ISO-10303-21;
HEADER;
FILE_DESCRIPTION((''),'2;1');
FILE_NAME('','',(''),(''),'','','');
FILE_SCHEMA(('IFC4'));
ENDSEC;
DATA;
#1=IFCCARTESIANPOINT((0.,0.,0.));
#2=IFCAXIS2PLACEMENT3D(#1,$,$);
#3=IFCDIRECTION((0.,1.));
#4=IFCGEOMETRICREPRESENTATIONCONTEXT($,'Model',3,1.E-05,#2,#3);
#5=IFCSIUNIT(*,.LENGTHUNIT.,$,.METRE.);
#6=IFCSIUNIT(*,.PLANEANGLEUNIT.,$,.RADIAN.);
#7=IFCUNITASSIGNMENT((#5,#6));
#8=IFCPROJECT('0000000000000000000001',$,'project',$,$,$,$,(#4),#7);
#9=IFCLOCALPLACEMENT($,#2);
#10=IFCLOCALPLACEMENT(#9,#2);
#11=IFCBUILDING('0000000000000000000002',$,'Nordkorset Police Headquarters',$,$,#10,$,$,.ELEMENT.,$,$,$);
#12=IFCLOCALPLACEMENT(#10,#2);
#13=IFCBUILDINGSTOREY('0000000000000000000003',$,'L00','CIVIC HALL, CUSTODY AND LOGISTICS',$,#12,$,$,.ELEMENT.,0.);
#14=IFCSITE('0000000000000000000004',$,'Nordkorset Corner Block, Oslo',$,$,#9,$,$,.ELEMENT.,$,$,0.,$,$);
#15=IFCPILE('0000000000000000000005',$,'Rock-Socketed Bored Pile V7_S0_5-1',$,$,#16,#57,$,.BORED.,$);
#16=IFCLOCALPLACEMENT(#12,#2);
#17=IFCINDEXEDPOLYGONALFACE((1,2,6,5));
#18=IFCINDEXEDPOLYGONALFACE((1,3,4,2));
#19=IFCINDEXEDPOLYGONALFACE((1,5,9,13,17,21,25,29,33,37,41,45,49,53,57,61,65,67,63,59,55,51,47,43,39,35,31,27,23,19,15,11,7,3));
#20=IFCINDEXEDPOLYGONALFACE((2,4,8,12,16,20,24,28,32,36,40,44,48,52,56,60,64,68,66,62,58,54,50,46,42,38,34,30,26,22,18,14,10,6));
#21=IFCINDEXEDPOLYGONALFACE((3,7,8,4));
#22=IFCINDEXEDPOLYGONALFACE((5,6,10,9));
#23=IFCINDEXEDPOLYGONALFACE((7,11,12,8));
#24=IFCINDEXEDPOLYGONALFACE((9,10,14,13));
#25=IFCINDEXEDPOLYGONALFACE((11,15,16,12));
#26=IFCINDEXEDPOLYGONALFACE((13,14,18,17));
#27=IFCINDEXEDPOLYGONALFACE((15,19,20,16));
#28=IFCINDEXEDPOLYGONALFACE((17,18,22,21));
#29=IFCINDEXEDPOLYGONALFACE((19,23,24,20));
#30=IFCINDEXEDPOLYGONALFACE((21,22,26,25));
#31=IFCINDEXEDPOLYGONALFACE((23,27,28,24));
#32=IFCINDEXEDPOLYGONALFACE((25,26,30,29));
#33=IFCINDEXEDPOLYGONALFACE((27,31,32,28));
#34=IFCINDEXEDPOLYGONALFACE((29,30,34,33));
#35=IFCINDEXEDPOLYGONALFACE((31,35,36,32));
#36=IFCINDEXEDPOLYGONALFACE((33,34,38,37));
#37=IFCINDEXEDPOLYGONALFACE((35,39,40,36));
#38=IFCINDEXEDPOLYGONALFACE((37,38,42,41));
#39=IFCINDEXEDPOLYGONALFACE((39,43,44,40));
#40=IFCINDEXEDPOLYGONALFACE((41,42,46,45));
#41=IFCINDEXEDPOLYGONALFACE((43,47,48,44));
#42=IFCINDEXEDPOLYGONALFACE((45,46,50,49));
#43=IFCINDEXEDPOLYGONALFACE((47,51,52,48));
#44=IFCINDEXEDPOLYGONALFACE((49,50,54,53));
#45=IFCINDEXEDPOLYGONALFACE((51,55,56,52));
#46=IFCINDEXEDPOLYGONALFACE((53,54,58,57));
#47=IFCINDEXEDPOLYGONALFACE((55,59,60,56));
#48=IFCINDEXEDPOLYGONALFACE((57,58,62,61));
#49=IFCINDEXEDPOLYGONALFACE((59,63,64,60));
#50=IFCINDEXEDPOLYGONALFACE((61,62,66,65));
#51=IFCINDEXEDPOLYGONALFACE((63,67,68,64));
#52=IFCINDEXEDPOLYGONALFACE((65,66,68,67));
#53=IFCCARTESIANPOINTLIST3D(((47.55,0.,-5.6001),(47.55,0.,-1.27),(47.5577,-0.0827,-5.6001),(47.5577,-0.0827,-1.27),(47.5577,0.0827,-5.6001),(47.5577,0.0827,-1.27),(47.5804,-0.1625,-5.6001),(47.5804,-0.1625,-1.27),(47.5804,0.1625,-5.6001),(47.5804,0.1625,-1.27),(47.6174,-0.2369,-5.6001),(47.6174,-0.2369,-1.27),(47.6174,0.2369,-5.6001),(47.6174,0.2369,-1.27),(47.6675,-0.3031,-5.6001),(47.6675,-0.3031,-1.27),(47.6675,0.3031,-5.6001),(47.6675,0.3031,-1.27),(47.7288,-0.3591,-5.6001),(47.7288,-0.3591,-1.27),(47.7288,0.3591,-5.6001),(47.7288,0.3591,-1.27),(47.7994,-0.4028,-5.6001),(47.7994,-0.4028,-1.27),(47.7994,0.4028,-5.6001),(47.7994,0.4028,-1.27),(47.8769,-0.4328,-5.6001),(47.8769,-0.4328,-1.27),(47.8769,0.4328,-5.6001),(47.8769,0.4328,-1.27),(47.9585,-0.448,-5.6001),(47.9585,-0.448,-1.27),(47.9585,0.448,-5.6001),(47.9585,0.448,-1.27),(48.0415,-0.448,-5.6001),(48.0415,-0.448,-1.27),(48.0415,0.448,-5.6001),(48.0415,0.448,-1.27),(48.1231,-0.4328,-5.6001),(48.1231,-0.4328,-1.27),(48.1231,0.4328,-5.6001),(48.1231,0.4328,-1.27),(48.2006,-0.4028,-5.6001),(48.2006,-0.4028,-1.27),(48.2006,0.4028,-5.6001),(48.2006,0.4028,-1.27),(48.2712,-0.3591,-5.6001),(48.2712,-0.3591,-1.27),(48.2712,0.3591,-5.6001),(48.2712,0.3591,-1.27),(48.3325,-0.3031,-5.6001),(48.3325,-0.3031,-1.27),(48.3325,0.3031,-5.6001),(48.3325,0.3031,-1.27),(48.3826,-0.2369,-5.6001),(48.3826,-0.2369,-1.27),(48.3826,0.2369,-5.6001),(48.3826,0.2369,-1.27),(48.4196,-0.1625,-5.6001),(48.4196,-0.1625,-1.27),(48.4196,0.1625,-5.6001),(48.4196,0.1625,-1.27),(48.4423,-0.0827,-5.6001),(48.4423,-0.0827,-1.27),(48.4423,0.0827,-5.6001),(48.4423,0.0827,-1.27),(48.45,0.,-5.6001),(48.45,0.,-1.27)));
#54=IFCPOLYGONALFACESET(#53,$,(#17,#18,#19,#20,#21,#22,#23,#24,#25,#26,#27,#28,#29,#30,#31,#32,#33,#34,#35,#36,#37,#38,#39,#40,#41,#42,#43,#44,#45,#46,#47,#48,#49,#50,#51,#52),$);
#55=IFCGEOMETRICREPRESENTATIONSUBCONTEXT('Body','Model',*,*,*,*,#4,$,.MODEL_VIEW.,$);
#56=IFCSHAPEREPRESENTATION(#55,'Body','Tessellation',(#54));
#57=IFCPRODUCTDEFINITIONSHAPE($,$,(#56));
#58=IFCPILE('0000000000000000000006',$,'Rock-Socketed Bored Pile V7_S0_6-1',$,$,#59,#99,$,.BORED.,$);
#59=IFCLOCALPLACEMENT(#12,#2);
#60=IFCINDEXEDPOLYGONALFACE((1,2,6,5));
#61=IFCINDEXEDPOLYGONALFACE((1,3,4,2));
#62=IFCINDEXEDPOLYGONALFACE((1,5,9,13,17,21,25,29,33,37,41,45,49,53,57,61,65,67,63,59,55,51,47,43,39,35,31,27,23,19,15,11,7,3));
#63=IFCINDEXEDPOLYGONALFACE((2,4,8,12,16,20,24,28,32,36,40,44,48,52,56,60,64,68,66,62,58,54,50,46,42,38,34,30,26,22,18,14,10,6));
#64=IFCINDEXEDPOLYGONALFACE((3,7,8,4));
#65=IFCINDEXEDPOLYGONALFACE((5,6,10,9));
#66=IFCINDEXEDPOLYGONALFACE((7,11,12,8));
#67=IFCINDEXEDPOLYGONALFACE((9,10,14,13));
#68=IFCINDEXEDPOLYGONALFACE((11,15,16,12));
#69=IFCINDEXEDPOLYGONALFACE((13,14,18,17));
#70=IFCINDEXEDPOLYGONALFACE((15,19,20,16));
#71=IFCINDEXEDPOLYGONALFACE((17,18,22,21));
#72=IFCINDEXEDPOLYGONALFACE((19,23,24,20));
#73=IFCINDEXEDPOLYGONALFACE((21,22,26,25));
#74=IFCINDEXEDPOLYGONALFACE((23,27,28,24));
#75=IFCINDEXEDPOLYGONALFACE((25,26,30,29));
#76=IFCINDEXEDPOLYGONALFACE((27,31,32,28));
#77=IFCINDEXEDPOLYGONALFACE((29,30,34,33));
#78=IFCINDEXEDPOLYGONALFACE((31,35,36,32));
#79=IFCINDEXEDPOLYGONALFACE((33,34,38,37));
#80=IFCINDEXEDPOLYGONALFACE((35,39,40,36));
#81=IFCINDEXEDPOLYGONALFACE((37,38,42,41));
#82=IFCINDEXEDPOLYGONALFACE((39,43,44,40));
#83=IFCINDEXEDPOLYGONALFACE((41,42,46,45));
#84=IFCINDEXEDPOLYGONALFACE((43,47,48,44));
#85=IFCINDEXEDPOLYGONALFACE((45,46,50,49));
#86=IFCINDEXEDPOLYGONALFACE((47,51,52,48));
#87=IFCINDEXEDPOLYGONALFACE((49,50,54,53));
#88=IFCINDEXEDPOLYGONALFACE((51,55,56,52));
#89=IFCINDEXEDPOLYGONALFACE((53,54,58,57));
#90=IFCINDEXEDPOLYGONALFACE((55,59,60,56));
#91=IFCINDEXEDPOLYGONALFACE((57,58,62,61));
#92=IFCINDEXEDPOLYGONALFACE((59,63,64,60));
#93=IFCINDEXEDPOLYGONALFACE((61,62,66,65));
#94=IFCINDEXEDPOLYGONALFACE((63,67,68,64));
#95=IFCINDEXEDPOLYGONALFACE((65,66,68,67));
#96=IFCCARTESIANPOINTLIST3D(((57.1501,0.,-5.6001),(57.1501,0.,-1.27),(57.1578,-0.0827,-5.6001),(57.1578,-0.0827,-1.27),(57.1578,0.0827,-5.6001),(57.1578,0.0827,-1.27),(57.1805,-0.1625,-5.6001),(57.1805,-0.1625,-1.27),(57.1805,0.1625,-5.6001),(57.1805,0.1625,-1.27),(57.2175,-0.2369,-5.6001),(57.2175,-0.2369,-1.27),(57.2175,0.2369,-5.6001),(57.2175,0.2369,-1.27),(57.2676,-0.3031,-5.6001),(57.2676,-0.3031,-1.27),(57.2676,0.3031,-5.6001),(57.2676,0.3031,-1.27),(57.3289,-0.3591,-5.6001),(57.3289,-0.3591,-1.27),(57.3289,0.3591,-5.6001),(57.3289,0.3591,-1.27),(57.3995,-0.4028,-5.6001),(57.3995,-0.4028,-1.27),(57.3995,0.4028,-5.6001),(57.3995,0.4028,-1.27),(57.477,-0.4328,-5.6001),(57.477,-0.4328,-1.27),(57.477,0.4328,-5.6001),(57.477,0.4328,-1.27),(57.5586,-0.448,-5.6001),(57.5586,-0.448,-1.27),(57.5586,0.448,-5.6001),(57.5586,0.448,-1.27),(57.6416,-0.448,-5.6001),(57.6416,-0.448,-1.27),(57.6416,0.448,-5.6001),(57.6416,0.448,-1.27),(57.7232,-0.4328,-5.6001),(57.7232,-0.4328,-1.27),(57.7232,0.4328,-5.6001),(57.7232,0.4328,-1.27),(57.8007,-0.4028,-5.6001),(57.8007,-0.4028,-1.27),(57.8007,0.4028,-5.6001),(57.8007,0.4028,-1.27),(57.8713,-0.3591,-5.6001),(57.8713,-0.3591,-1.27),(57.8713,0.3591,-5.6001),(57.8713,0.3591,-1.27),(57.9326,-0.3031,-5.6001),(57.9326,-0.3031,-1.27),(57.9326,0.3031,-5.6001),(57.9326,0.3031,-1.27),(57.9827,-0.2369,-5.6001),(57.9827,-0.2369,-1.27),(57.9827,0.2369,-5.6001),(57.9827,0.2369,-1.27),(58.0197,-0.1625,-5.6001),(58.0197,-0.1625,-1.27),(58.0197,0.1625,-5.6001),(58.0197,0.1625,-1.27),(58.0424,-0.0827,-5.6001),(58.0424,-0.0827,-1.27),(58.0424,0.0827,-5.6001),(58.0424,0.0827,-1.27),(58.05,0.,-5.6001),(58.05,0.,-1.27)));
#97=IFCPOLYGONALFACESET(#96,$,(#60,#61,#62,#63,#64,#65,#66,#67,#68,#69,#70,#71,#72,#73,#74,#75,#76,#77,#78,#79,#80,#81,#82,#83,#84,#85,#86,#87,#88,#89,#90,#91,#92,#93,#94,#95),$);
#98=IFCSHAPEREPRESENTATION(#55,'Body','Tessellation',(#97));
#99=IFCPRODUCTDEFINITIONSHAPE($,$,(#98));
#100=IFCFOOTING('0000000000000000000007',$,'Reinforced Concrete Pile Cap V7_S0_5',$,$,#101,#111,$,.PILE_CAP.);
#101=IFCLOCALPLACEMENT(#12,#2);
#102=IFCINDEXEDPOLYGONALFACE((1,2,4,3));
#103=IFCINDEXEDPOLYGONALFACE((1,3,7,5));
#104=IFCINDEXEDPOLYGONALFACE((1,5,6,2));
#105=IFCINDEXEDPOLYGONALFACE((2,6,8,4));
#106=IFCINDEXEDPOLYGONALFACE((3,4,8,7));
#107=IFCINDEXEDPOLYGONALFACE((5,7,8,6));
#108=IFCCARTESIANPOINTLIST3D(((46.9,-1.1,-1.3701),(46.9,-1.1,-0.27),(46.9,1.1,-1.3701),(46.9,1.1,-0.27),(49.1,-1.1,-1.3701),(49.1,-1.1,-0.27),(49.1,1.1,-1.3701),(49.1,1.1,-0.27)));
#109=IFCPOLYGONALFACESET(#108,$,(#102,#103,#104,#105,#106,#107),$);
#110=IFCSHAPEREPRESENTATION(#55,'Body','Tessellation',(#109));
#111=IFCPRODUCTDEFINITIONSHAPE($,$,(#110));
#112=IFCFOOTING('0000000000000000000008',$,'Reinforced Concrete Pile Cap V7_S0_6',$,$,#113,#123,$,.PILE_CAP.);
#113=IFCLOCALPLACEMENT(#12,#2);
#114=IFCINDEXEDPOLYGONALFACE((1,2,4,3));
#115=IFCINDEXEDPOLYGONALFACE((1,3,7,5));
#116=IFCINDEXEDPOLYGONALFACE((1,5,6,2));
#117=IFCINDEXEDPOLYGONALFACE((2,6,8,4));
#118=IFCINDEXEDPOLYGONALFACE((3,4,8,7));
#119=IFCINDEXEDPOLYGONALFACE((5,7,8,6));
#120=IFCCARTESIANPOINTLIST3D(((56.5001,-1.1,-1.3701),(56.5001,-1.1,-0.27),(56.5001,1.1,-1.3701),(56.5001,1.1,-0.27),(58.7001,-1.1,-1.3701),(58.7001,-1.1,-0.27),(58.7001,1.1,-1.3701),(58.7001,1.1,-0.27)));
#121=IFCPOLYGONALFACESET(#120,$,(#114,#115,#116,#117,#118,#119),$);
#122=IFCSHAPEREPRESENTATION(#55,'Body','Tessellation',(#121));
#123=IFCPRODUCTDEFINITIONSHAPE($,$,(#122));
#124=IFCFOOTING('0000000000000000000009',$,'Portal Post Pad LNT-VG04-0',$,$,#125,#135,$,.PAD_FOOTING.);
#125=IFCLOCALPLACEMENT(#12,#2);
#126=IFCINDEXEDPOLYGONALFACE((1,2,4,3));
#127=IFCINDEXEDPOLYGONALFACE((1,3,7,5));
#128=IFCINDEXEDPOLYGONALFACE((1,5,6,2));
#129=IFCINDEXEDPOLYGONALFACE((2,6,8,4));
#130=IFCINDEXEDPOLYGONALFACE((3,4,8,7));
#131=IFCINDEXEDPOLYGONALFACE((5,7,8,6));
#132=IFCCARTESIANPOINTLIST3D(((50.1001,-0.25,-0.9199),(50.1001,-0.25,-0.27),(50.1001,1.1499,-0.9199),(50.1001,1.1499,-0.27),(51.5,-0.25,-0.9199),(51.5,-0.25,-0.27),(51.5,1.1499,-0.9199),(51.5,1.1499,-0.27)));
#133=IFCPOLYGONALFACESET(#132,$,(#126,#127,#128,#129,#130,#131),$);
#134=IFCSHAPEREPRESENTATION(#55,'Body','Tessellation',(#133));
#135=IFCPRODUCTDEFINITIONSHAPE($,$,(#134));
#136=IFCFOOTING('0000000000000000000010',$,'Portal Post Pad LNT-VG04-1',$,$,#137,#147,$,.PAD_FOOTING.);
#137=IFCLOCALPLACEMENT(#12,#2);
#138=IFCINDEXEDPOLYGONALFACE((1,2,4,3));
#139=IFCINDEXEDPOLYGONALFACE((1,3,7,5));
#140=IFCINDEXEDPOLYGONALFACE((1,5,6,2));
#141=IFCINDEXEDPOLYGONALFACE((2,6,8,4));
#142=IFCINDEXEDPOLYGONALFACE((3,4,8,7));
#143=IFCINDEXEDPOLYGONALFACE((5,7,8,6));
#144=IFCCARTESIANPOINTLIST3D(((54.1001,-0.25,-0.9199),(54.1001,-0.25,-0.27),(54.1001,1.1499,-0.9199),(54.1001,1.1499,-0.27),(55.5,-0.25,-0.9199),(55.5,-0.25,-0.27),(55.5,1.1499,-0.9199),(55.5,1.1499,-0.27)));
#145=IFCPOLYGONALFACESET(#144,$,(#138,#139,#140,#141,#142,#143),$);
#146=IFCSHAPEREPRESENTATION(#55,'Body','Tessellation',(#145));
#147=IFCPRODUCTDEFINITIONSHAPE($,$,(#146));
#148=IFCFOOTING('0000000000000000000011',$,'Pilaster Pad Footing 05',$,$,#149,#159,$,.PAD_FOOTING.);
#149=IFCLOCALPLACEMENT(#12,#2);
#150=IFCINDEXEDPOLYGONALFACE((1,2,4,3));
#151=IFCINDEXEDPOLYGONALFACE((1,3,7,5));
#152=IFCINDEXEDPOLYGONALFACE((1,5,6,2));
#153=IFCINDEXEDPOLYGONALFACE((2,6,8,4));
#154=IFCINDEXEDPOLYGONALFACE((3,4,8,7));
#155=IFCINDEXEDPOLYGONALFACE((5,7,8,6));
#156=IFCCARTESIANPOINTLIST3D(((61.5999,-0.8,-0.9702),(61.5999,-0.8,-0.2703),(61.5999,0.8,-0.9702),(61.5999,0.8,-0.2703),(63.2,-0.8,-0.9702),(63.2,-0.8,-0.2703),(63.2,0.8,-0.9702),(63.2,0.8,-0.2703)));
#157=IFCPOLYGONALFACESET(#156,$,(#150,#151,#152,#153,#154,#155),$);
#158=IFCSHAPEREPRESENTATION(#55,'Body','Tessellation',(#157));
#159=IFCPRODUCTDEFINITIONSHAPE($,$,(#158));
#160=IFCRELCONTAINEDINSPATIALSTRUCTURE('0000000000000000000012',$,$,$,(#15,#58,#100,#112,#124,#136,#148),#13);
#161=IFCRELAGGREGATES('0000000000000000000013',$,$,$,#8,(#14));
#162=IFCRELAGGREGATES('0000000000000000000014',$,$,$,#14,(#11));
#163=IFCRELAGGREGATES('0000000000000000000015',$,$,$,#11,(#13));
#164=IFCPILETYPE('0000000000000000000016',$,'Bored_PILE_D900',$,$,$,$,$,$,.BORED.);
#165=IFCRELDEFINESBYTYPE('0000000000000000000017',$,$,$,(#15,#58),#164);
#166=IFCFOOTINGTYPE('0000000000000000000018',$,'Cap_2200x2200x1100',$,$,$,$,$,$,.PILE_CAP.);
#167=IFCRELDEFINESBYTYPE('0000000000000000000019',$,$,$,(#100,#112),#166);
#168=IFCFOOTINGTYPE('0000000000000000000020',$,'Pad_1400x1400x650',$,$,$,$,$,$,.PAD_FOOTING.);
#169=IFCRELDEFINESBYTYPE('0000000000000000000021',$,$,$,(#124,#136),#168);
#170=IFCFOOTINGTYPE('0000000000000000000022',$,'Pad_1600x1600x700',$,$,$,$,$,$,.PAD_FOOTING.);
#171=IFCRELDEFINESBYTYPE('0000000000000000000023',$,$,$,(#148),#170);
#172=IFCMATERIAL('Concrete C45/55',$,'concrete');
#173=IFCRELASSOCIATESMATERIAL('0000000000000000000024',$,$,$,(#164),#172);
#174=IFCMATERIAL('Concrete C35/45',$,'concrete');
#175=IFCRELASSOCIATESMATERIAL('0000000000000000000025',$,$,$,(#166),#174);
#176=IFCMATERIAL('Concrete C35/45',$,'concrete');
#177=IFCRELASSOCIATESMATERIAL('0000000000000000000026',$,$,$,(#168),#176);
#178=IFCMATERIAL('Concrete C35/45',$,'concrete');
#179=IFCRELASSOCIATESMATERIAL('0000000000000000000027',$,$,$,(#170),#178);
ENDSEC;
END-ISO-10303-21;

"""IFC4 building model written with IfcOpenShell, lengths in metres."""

from ifc_helpers import new_model, si_unit, direction, frame, origin, origin_2d, place, context, subcontext, project, spatial, rectangle, circle, extrude, material, material_profile, profile_set, type_object, element, save


model = new_model("IFC4")

# Units and contexts
model_context = context("Model", 3, precision=1e-05, world=origin(), true_north=direction((0.0, 1.0)))
body_context = subcontext(model_context, "Body", "Model", "MODEL_VIEW")
ifc_project = project(units=[si_unit("LENGTHUNIT", "METRE"), si_unit("PLANEANGLEUNIT", "RADIAN")], contexts=[model_context])

# Site, building, storey
site_placement = place(None, origin())
site = spatial("IfcSite", under=ifc_project, at=site_placement, Name="Nordkorset Corner Block, Oslo", CompositionType="ELEMENT", RefElevation=0.0)
building_placement = place(site_placement, origin())
building = spatial("IfcBuilding", under=site, at=building_placement, Name="Nordkorset Police Headquarters", CompositionType="ELEMENT")
storey_placement = place(building_placement, origin())
storey = spatial("IfcBuildingStorey", under=building, at=storey_placement, Name="L00", Description="CIVIC HALL, CUSTODY AND LOGISTICS", CompositionType="ELEMENT", Elevation=0.0)

# Piles
ifc_material_1 = material(Name="Concrete C45/55", Category="concrete")
ifc_material_profile_1 = material_profile(ifc_material_1, circle(Radius=0.45, at=origin_2d()), Name="PILE D900")
ifc_profile_set_1 = profile_set([ifc_material_profile_1], Name="Concrete C45/55")
pile_type = type_object("IfcPileType", Name="Bored_PILE_D900", PredefinedType="BORED", material=ifc_profile_set_1)
for number, where, z_axis, x_axis, name in (
    (1, (48.0, 0.0, -1.27), (0.0, 0.0, -1.0), (1.0, 0.0, 0.0), "Rock-Socketed Bored Pile V7_S0_5-1"),
    (2, (57.6001, 0.0, -1.27), (0.0, 0.0, -1.0), (1.0, 0.0, 0.0), "Rock-Socketed Bored Pile V7_S0_6-1"),
):
    element("IfcPile", number, at=place(storey_placement, frame(where, z_axis=z_axis, x_axis=x_axis)), inside=storey, type_object=pile_type, Name=name, PredefinedType="BORED", context=body_context, shape_type="SweptSolid", body=[
        extrude(circle(Radius=0.45, at=origin_2d()), origin(), (0.0, 0.0, 1.0), 4.3301),
    ])

# Footings
ifc_material_2 = material(Name="Concrete C35/45", Category="concrete")
footing_type_1 = type_object("IfcFootingType", Name="Cap_2200x2200x1100", PredefinedType="PILE_CAP", material=ifc_material_2)
for number, where, z_axis, x_axis, name in (
    (3, (48.0, 0.0, -1.3701), (0.0, 0.0, 1.0), (1.0, 0.0, 0.0), "Reinforced Concrete Pile Cap V7_S0_5"),
    (4, (57.6001, 0.0, -1.3701), (0.0, 0.0, 1.0), (1.0, 0.0, 0.0), "Reinforced Concrete Pile Cap V7_S0_6"),
):
    element("IfcFooting", number, at=place(storey_placement, frame(where, z_axis=z_axis, x_axis=x_axis)), inside=storey, type_object=footing_type_1, Name=name, PredefinedType="PILE_CAP", context=body_context, shape_type="SweptSolid", body=[
        extrude(rectangle(XDim=2.2, YDim=2.2, at=origin_2d()), origin(), (0.0, 0.0, 1.0), 1.1001),
    ])
ifc_material_3 = material(Name="Concrete C35/45", Category="concrete")
footing_type_2 = type_object("IfcFootingType", Name="Pad_1400x1400x650", PredefinedType="PAD_FOOTING", material=ifc_material_3)
for number, where, z_axis, x_axis, name in (
    (5, (50.8, 0.45, -0.9199), (0.0, 0.0, 1.0), (1.0, 0.0, 0.0), "Portal Post Pad LNT-VG04-0"),
    (6, (54.8, 0.45, -0.9199), (0.0, 0.0, 1.0), (1.0, 0.0, 0.0), "Portal Post Pad LNT-VG04-1"),
):
    element("IfcFooting", number, at=place(storey_placement, frame(where, z_axis=z_axis, x_axis=x_axis)), inside=storey, type_object=footing_type_2, Name=name, PredefinedType="PAD_FOOTING", context=body_context, shape_type="SweptSolid", body=[
        extrude(rectangle(XDim=1.3999, YDim=1.3999, at=origin_2d()), origin(), (0.0, 0.0, 1.0), 0.6499),
    ])
ifc_material_4 = material(Name="Concrete C35/45", Category="concrete")
footing_type_3 = type_object("IfcFootingType", Name="Pad_1600x1600x700", PredefinedType="PAD_FOOTING", material=ifc_material_4)
footing_placement = place(storey_placement, frame((62.3999, 0.0, -0.9702), z_axis=(0.0, 0.0, 1.0), x_axis=(1.0, 0.0, 0.0)))
element("IfcFooting", 7, at=footing_placement, inside=storey, type_object=footing_type_3, Name="Pilaster Pad Footing 05", PredefinedType="PAD_FOOTING", context=body_context, shape_type="SweptSolid", body=[
    extrude(rectangle(XDim=1.6001, YDim=1.6001, at=origin_2d()), origin(), (0.0, 0.0, 1.0), 0.7),
])

save(model, "model.ifc")
